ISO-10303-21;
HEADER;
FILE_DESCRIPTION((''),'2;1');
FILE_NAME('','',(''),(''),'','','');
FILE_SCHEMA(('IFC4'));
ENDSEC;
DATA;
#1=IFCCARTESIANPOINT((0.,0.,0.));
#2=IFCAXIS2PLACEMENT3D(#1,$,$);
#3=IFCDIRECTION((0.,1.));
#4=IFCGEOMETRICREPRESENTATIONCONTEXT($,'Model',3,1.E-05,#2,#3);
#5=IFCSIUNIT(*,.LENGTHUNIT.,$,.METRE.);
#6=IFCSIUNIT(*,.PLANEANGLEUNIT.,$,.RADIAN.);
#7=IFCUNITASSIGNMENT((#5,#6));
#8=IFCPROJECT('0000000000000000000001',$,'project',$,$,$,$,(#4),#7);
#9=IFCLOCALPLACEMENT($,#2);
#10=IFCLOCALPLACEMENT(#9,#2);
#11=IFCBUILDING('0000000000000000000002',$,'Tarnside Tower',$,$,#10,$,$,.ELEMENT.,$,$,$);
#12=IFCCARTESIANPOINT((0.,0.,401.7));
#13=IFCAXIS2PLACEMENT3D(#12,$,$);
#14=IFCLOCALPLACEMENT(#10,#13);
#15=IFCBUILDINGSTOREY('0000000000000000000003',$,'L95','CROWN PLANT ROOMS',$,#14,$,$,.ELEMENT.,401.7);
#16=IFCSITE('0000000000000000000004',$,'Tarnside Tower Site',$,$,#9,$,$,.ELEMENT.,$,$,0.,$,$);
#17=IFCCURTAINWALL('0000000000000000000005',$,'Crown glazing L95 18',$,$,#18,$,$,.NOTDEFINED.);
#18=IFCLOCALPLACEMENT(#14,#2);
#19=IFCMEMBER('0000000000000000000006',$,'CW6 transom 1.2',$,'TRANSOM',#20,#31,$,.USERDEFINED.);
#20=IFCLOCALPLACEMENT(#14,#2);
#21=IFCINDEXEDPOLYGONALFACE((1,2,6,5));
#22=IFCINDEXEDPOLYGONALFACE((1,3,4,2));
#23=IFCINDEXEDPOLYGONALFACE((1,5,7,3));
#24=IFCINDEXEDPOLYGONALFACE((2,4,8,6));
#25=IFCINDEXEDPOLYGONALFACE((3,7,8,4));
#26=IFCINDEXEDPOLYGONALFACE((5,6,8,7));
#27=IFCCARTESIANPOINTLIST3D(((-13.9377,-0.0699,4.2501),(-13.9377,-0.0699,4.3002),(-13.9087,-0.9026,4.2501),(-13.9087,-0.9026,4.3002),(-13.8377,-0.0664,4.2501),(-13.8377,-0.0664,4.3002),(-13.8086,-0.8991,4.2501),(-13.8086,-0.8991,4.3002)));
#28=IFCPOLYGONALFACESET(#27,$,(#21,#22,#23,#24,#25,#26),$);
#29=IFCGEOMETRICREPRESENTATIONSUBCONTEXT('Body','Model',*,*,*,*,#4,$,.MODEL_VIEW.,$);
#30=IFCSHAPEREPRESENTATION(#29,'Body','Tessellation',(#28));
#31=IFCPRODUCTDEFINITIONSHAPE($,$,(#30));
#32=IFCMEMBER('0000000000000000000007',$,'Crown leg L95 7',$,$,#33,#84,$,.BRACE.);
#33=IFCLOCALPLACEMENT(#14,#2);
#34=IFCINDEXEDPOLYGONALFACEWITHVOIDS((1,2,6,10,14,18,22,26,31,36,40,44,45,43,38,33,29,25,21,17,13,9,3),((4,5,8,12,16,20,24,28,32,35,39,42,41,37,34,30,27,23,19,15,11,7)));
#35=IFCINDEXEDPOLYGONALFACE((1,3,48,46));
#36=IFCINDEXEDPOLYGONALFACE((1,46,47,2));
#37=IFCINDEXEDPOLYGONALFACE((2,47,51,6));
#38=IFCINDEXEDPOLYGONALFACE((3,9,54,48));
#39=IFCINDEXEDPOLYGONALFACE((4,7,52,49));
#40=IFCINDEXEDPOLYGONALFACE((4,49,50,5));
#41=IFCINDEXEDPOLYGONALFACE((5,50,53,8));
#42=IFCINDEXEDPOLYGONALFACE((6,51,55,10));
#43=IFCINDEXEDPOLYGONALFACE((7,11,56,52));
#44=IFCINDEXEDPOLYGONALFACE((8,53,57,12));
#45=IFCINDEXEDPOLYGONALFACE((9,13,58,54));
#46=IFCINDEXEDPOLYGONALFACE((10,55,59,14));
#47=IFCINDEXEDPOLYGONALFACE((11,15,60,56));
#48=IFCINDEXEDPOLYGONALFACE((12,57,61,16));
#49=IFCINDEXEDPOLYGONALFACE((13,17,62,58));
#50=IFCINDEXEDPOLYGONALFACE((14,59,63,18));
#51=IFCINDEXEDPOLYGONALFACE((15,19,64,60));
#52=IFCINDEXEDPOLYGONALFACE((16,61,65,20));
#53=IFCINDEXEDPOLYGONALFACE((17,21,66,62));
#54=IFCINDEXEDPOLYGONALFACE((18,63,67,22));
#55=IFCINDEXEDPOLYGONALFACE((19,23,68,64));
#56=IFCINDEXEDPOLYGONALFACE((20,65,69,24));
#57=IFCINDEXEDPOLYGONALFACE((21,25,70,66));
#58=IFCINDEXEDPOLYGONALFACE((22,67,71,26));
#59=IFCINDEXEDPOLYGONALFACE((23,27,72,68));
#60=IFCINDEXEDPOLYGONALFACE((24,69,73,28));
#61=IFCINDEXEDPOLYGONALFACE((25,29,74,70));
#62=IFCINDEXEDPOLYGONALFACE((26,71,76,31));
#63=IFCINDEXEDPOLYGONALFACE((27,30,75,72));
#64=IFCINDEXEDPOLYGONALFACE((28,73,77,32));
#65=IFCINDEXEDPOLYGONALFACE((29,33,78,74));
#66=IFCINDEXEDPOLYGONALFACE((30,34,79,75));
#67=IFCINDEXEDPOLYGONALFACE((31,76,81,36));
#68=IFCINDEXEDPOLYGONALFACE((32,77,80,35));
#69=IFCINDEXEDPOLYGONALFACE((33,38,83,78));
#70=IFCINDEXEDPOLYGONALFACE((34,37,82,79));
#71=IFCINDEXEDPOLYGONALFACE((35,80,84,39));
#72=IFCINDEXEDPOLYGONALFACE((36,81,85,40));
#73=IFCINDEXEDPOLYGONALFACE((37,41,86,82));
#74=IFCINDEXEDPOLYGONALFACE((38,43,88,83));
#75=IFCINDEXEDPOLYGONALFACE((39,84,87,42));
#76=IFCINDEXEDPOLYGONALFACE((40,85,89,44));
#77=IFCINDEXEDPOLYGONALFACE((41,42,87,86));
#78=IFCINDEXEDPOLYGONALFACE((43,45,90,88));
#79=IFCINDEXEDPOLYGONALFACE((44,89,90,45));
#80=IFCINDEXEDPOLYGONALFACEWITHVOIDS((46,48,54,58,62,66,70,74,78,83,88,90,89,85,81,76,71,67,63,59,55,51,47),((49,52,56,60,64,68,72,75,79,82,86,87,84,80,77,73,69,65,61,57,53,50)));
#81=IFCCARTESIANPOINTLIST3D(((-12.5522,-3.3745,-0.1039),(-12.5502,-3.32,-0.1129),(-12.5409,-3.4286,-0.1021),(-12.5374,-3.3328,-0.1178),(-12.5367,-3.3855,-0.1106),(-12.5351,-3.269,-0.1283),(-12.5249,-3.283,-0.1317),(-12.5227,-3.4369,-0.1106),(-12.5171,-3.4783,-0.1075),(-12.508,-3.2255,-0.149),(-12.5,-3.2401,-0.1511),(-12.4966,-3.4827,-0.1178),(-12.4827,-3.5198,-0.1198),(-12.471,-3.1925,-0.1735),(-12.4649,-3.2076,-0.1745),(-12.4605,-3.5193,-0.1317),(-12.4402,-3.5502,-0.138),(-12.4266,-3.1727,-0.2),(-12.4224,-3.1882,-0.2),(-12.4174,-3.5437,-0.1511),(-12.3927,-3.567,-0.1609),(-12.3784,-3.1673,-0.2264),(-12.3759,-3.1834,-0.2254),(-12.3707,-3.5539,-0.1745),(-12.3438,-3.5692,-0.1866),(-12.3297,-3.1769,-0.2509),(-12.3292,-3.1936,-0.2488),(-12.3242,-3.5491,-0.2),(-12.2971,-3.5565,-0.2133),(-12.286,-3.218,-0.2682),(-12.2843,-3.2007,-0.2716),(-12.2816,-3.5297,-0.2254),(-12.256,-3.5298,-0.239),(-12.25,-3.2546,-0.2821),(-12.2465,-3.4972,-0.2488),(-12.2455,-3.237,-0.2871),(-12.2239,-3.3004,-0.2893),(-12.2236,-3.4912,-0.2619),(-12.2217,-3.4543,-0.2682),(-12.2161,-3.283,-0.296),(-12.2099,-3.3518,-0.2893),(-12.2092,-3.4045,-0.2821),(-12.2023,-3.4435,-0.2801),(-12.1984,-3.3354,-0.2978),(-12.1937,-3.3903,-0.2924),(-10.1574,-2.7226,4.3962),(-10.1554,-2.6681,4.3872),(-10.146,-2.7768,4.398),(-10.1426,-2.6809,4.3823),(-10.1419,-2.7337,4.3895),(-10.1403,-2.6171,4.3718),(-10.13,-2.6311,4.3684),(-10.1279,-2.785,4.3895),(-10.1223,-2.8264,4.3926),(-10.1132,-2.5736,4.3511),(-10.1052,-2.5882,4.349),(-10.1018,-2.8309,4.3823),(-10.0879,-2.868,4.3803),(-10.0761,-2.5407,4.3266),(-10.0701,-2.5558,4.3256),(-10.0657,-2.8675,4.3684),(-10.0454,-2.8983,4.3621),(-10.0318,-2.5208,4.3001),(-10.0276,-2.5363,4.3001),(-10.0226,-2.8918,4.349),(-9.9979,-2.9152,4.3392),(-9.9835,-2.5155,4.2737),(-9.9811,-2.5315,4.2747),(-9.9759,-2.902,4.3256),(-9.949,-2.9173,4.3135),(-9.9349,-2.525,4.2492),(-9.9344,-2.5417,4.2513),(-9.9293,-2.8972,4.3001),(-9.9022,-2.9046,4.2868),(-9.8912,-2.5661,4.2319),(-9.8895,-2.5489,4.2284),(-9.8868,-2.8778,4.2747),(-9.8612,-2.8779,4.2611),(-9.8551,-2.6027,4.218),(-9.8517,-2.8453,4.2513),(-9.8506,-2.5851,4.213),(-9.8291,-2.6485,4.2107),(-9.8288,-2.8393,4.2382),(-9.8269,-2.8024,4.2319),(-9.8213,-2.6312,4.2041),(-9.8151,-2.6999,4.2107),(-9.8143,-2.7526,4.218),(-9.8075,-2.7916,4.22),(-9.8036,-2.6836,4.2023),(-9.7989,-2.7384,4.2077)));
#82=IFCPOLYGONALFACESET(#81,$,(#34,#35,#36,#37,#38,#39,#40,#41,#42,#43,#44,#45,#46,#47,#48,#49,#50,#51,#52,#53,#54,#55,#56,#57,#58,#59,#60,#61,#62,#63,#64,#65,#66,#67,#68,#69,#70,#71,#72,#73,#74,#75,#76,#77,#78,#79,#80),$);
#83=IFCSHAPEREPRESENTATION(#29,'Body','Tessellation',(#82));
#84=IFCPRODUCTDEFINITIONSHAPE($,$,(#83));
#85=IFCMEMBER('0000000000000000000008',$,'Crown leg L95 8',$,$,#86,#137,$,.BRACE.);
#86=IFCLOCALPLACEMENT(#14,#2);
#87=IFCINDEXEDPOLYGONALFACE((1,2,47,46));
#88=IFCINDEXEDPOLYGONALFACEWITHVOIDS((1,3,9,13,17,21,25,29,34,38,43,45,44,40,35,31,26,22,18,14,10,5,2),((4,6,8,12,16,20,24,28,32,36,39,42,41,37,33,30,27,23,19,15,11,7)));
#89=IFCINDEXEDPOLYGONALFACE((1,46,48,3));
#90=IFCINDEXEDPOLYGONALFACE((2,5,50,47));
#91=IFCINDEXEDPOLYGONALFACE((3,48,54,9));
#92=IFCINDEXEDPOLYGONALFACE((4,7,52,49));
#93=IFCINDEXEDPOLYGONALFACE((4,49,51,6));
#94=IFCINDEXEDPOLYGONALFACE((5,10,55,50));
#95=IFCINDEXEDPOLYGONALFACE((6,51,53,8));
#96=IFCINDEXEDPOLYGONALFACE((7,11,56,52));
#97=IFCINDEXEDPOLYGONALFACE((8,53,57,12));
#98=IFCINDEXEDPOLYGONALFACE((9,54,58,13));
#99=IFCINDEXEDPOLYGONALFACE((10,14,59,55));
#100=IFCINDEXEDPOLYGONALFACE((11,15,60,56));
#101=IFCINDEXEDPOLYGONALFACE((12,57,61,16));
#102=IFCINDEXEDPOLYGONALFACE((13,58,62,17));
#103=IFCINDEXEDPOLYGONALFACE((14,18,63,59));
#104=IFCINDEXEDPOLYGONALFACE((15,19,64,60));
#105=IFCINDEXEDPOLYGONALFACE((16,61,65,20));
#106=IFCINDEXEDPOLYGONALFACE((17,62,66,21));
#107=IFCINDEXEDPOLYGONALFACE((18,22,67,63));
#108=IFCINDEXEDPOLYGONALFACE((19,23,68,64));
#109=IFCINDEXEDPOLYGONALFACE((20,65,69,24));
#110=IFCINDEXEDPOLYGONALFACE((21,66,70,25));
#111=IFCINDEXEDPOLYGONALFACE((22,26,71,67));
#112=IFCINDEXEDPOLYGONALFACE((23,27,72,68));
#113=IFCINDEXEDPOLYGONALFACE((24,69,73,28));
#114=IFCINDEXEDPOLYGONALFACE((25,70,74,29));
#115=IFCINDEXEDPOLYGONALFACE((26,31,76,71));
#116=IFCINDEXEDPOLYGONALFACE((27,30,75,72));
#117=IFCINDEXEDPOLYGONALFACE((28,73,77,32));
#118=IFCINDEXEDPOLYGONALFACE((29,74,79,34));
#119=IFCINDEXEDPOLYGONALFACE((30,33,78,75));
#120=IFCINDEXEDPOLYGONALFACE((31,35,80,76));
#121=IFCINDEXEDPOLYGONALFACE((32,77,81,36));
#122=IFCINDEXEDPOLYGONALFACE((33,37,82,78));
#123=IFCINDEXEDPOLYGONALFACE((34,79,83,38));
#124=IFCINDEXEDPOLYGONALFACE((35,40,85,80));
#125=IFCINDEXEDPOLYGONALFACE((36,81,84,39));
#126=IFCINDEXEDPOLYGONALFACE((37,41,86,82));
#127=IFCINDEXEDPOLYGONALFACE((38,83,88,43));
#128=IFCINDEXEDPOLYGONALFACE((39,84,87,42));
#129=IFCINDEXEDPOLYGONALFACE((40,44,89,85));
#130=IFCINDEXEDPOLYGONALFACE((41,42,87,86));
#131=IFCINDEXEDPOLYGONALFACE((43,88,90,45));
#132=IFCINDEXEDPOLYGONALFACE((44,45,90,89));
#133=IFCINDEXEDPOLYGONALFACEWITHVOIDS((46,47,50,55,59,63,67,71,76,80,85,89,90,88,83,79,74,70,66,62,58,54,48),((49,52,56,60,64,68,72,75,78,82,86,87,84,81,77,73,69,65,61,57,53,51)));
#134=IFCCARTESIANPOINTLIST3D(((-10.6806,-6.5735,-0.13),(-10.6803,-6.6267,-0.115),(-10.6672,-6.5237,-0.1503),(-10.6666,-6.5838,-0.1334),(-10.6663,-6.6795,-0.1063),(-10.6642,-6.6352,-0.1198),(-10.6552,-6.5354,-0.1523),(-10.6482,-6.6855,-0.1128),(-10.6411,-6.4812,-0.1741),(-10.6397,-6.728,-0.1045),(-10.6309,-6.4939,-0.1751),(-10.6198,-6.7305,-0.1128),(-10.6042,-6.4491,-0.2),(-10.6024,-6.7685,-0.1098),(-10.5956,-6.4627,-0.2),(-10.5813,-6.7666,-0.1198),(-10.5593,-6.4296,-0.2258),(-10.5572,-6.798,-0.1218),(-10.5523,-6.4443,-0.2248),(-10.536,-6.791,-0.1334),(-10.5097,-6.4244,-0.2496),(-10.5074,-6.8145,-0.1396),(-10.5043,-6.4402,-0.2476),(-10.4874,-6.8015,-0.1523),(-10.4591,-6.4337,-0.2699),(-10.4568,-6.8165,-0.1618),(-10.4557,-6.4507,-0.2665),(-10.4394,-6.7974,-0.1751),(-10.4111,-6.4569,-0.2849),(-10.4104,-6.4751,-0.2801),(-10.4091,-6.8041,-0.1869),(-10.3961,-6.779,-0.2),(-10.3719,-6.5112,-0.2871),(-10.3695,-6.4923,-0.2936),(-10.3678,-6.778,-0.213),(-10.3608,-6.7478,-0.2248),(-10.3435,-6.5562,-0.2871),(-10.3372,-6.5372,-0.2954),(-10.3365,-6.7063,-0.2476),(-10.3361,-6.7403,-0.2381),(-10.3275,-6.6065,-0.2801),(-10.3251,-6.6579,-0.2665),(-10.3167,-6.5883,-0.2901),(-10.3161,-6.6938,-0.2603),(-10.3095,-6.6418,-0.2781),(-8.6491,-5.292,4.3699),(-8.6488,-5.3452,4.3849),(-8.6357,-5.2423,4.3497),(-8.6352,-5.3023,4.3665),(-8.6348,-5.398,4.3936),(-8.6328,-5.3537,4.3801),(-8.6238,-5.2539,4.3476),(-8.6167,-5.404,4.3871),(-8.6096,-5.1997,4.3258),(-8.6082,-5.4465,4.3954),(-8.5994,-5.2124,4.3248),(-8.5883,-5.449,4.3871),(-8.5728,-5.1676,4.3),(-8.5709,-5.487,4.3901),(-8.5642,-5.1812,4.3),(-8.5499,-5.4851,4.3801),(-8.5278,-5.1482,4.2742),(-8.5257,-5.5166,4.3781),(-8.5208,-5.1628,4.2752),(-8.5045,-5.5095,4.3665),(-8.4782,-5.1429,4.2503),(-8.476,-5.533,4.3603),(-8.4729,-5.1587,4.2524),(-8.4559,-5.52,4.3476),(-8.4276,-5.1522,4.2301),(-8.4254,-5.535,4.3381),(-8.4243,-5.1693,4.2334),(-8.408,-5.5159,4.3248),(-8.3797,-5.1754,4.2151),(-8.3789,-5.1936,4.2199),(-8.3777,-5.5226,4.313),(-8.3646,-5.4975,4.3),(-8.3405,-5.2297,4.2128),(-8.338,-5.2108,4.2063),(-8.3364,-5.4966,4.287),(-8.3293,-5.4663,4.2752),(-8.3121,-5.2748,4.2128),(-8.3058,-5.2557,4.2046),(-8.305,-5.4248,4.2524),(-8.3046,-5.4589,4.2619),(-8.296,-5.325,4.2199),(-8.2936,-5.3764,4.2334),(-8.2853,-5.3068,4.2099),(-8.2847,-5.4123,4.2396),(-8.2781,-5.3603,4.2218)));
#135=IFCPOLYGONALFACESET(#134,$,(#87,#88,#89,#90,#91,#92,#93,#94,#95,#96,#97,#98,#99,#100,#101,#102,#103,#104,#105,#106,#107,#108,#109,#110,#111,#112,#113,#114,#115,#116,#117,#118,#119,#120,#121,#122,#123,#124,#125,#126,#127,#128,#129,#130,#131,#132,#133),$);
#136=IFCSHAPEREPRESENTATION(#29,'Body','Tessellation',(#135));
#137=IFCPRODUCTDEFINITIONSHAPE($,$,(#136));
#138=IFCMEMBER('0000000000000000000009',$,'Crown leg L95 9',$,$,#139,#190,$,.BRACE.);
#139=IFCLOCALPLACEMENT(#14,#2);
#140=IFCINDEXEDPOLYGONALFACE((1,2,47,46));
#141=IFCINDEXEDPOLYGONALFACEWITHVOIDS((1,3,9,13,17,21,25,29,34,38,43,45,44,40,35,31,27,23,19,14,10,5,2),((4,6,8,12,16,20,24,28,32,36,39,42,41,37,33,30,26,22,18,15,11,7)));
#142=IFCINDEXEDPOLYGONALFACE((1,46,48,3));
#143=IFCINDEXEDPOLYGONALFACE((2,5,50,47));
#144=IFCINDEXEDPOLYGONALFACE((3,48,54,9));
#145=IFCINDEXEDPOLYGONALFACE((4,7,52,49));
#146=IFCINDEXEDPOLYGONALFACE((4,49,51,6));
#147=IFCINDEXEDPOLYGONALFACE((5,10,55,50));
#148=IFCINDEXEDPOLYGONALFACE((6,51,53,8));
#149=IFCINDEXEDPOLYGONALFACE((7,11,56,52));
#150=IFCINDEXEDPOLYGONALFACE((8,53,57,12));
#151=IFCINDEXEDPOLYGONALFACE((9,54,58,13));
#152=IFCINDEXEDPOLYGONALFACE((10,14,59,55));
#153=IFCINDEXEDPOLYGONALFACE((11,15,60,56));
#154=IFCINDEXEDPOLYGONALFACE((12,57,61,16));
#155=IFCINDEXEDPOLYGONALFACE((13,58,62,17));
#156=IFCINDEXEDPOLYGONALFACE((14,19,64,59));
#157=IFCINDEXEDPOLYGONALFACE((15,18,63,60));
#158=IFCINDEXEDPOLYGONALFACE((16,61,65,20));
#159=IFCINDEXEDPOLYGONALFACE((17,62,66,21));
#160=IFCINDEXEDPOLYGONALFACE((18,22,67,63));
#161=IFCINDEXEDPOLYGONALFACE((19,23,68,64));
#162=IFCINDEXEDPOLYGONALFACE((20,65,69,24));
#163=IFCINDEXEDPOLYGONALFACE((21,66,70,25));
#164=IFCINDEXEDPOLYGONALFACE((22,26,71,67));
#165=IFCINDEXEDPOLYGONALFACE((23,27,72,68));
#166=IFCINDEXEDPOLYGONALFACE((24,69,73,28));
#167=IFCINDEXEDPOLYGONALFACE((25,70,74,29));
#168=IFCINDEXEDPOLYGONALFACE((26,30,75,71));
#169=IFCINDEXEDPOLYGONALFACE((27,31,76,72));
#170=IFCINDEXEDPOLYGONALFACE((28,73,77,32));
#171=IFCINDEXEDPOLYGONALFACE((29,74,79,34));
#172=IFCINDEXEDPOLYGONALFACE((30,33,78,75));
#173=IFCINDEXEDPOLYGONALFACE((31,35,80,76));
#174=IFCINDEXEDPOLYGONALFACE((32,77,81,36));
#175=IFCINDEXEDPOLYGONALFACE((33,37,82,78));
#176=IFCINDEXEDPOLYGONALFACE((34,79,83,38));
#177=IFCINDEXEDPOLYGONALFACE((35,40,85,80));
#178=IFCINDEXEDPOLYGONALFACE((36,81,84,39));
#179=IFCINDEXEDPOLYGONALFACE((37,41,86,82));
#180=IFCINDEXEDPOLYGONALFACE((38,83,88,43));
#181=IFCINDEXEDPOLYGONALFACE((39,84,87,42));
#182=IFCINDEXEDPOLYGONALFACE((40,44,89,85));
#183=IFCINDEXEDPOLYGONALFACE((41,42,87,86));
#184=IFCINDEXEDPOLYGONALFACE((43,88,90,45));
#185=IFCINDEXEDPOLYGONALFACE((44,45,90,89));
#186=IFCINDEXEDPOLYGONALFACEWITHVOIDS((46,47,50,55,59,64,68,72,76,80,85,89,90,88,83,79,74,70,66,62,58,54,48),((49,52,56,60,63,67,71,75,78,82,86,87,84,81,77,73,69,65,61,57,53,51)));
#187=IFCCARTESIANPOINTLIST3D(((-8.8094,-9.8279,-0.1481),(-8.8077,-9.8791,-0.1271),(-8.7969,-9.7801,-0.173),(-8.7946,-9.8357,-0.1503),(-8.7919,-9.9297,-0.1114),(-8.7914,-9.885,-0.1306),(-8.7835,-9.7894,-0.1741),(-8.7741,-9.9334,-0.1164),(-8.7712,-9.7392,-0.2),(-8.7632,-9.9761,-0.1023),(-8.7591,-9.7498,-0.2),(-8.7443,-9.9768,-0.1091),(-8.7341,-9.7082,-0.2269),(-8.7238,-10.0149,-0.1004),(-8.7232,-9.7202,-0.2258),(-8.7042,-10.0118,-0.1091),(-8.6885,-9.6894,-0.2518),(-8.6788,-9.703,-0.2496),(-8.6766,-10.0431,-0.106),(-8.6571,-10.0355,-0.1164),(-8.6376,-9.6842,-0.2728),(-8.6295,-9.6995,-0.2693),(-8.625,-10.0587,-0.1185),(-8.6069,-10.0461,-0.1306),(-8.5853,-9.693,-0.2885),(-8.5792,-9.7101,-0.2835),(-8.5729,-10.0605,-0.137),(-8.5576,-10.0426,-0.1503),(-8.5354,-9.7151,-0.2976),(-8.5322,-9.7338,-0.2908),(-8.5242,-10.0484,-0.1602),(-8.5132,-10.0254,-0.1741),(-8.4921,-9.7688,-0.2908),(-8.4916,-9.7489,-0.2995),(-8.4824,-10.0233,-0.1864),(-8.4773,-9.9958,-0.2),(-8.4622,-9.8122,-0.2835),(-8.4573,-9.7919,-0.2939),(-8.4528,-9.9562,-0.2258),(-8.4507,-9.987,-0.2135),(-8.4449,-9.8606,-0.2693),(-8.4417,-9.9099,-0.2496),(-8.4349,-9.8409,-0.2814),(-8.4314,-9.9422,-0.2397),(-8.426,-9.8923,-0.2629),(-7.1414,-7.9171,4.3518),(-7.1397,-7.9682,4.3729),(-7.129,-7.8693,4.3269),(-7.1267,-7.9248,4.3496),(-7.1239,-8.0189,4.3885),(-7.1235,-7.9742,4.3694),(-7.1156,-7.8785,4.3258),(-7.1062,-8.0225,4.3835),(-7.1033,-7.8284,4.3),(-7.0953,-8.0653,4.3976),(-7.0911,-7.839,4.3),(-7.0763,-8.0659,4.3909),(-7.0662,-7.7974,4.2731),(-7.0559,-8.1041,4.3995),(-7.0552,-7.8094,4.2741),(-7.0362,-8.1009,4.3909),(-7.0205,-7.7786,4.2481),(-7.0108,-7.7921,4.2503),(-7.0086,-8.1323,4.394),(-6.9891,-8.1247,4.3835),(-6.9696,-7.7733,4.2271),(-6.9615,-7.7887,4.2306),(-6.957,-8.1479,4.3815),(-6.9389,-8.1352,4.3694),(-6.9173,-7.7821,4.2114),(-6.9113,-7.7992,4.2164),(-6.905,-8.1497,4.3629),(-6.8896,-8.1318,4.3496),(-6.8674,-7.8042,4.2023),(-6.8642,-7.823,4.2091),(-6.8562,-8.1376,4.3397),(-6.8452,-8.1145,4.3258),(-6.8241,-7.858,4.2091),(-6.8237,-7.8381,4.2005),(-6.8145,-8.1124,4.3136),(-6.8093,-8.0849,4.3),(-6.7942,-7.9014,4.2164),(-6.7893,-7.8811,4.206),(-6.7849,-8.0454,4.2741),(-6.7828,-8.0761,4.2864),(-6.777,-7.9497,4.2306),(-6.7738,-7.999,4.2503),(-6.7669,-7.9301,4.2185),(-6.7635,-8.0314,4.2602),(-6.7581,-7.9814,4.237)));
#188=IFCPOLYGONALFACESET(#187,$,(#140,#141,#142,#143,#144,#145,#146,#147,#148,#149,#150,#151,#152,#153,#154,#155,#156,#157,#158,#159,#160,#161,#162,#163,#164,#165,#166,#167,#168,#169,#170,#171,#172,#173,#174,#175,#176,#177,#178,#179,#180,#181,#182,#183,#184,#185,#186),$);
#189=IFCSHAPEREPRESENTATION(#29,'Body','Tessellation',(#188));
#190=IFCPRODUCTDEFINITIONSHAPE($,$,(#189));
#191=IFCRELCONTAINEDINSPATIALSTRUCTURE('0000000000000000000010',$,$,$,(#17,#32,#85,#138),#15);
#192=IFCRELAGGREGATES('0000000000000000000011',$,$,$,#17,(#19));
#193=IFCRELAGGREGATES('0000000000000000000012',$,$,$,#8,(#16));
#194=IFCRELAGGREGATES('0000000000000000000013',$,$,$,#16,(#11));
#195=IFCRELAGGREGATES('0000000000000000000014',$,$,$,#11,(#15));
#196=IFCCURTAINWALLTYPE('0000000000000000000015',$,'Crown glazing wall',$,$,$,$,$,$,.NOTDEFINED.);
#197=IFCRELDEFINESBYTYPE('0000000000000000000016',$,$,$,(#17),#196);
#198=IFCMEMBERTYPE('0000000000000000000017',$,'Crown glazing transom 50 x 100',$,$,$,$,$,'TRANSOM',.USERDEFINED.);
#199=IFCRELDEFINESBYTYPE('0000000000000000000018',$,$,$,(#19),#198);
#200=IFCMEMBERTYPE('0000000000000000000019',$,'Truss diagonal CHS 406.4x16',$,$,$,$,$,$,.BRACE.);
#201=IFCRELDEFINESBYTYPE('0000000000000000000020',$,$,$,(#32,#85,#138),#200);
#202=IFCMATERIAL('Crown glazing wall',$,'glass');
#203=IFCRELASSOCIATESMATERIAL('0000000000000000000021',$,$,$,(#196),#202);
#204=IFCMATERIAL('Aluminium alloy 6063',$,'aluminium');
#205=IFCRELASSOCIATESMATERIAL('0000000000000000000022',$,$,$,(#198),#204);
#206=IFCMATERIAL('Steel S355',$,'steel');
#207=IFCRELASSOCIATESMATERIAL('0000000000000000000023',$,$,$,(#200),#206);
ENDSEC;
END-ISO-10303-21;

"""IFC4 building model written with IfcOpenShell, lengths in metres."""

from ifc_helpers import new_model, si_unit, direction, frame, origin, origin_2d, place, context, subcontext, project, spatial, rectangle, hollow_circle, extrude, material, material_profile, profile_set, type_object, element, aggregate, save


model = new_model("IFC4")

# Units and contexts
model_context = context("Model", 3, precision=1e-05, world=origin(), true_north=direction((0.0, 1.0)))
body_context = subcontext(model_context, "Body", "Model", "MODEL_VIEW")
ifc_project = project(units=[si_unit("LENGTHUNIT", "METRE"), si_unit("PLANEANGLEUNIT", "RADIAN")], contexts=[model_context])

# Site, building, storey
site_placement = place(None, origin())
site = spatial("IfcSite", under=ifc_project, at=site_placement, Name="Tarnside Tower Site", CompositionType="ELEMENT", RefElevation=0.0)
building_placement = place(site_placement, origin())
building = spatial("IfcBuilding", under=site, at=building_placement, Name="Tarnside Tower", CompositionType="ELEMENT")
storey_placement = place(building_placement, frame((0.0, 0.0, 401.7)))
storey = spatial("IfcBuildingStorey", under=building, at=storey_placement, Name="L95", Description="CROWN PLANT ROOMS", CompositionType="ELEMENT", Elevation=401.7)

# Shared definitions
ifc_material_1 = material(Name="Crown glazing wall", Category="glass")
curtain_wall_type = type_object("IfcCurtainWallType", Name="Crown glazing wall", PredefinedType="NOTDEFINED", material=ifc_material_1)
ifc_material_2 = material(Name="Aluminium alloy 6063", Category="aluminium")

# Curtain wall
curtain_wall_1_placement = place(storey_placement, origin())
curtain_wall_1 = element("IfcCurtainWall", 1, at=curtain_wall_1_placement, inside=storey, type_object=curtain_wall_type, Name="Crown glazing L95 18", PredefinedType="NOTDEFINED")

# Member
ifc_material_profile_1 = material_profile(ifc_material_2, rectangle(XDim=0.1001, YDim=0.05, at=origin_2d()), Name="Crown glazing transom 50 x 100")
ifc_profile_set_1 = profile_set([ifc_material_profile_1], Name="Aluminium alloy 6063")
member_type_1 = type_object("IfcMemberType", Name="Crown glazing transom 50 x 100", ElementType="TRANSOM", PredefinedType="USERDEFINED", material=ifc_profile_set_1)
member_1_placement = place(storey_placement, frame((-13.8586, -0.9009, 4.2751), z_axis=(-0.034866, 0.999392, 0.0), x_axis=(-0.999392, -0.034866, 0.0)))
member_1 = element("IfcMember", 2, at=member_1_placement, type_object=member_type_1, Name="CW6 transom 1.2", ObjectType="TRANSOM", PredefinedType="USERDEFINED", context=body_context, shape_type="SweptSolid", body=[
    extrude(rectangle(XDim=0.1001, YDim=0.05, at=origin_2d()), origin(), (0.0, 0.0, 1.0), 0.8333),
])
aggregate(curtain_wall_1, [member_1])

# Members
ifc_material_3 = material(Name="Steel S355", Category="steel")
ifc_material_profile_2 = material_profile(ifc_material_3, hollow_circle(Radius=0.2031, WallThickness=0.0161, at=origin_2d()), Name="CHS 406.4x16")
ifc_profile_set_2 = profile_set([ifc_material_profile_2], Name="Steel S355")
member_type_2 = type_object("IfcMemberType", Name="Truss diagonal CHS 406.4x16", PredefinedType="BRACE", material=ifc_profile_set_2)
member_2_placement = place(storey_placement, frame((-12.3733, -3.3687, -0.2), z_axis=(0.465995, 0.126844, 0.875648), x_axis=(-0.262643, 0.964893, 0.0)))
element("IfcMember", 3, at=member_2_placement, inside=storey, type_object=member_type_2, Name="Crown leg L95 7", PredefinedType="BRACE", context=body_context, shape_type="SweptSolid", body=[
    extrude(hollow_circle(Radius=0.2031, WallThickness=0.0161, at=origin_2d()), origin(), (0.0, 0.0, 1.0), 5.1392),
])
member_3_placement = place(storey_placement, frame((-10.4958, -6.6208, -0.2), z_axis=(0.398262, 0.251229, 0.882197), x_axis=(-0.53353, 0.845781, 0.0)))
element("IfcMember", 4, at=member_3_placement, inside=storey, type_object=member_type_2, Name="Crown leg L95 8", PredefinedType="BRACE", context=body_context, shape_type="SweptSolid", body=[
    extrude(hollow_circle(Radius=0.2031, WallThickness=0.0161, at=origin_2d()), origin(), (0.0, 0.0, 1.0), 5.1008),
])
member_4_placement = place(storey_placement, frame((-8.6182, -9.8728, -0.2), z_axis=(0.322898, 0.369924, 0.871144), x_axis=(-0.753369, 0.657598, 0.0)))
element("IfcMember", 5, at=member_4_placement, inside=storey, type_object=member_type_2, Name="Crown leg L95 9", PredefinedType="BRACE", context=body_context, shape_type="SweptSolid", body=[
    extrude(hollow_circle(Radius=0.2031, WallThickness=0.0161, at=origin_2d()), origin(), (0.0, 0.0, 1.0), 5.1655),
])

save(model, "model.ifc")
